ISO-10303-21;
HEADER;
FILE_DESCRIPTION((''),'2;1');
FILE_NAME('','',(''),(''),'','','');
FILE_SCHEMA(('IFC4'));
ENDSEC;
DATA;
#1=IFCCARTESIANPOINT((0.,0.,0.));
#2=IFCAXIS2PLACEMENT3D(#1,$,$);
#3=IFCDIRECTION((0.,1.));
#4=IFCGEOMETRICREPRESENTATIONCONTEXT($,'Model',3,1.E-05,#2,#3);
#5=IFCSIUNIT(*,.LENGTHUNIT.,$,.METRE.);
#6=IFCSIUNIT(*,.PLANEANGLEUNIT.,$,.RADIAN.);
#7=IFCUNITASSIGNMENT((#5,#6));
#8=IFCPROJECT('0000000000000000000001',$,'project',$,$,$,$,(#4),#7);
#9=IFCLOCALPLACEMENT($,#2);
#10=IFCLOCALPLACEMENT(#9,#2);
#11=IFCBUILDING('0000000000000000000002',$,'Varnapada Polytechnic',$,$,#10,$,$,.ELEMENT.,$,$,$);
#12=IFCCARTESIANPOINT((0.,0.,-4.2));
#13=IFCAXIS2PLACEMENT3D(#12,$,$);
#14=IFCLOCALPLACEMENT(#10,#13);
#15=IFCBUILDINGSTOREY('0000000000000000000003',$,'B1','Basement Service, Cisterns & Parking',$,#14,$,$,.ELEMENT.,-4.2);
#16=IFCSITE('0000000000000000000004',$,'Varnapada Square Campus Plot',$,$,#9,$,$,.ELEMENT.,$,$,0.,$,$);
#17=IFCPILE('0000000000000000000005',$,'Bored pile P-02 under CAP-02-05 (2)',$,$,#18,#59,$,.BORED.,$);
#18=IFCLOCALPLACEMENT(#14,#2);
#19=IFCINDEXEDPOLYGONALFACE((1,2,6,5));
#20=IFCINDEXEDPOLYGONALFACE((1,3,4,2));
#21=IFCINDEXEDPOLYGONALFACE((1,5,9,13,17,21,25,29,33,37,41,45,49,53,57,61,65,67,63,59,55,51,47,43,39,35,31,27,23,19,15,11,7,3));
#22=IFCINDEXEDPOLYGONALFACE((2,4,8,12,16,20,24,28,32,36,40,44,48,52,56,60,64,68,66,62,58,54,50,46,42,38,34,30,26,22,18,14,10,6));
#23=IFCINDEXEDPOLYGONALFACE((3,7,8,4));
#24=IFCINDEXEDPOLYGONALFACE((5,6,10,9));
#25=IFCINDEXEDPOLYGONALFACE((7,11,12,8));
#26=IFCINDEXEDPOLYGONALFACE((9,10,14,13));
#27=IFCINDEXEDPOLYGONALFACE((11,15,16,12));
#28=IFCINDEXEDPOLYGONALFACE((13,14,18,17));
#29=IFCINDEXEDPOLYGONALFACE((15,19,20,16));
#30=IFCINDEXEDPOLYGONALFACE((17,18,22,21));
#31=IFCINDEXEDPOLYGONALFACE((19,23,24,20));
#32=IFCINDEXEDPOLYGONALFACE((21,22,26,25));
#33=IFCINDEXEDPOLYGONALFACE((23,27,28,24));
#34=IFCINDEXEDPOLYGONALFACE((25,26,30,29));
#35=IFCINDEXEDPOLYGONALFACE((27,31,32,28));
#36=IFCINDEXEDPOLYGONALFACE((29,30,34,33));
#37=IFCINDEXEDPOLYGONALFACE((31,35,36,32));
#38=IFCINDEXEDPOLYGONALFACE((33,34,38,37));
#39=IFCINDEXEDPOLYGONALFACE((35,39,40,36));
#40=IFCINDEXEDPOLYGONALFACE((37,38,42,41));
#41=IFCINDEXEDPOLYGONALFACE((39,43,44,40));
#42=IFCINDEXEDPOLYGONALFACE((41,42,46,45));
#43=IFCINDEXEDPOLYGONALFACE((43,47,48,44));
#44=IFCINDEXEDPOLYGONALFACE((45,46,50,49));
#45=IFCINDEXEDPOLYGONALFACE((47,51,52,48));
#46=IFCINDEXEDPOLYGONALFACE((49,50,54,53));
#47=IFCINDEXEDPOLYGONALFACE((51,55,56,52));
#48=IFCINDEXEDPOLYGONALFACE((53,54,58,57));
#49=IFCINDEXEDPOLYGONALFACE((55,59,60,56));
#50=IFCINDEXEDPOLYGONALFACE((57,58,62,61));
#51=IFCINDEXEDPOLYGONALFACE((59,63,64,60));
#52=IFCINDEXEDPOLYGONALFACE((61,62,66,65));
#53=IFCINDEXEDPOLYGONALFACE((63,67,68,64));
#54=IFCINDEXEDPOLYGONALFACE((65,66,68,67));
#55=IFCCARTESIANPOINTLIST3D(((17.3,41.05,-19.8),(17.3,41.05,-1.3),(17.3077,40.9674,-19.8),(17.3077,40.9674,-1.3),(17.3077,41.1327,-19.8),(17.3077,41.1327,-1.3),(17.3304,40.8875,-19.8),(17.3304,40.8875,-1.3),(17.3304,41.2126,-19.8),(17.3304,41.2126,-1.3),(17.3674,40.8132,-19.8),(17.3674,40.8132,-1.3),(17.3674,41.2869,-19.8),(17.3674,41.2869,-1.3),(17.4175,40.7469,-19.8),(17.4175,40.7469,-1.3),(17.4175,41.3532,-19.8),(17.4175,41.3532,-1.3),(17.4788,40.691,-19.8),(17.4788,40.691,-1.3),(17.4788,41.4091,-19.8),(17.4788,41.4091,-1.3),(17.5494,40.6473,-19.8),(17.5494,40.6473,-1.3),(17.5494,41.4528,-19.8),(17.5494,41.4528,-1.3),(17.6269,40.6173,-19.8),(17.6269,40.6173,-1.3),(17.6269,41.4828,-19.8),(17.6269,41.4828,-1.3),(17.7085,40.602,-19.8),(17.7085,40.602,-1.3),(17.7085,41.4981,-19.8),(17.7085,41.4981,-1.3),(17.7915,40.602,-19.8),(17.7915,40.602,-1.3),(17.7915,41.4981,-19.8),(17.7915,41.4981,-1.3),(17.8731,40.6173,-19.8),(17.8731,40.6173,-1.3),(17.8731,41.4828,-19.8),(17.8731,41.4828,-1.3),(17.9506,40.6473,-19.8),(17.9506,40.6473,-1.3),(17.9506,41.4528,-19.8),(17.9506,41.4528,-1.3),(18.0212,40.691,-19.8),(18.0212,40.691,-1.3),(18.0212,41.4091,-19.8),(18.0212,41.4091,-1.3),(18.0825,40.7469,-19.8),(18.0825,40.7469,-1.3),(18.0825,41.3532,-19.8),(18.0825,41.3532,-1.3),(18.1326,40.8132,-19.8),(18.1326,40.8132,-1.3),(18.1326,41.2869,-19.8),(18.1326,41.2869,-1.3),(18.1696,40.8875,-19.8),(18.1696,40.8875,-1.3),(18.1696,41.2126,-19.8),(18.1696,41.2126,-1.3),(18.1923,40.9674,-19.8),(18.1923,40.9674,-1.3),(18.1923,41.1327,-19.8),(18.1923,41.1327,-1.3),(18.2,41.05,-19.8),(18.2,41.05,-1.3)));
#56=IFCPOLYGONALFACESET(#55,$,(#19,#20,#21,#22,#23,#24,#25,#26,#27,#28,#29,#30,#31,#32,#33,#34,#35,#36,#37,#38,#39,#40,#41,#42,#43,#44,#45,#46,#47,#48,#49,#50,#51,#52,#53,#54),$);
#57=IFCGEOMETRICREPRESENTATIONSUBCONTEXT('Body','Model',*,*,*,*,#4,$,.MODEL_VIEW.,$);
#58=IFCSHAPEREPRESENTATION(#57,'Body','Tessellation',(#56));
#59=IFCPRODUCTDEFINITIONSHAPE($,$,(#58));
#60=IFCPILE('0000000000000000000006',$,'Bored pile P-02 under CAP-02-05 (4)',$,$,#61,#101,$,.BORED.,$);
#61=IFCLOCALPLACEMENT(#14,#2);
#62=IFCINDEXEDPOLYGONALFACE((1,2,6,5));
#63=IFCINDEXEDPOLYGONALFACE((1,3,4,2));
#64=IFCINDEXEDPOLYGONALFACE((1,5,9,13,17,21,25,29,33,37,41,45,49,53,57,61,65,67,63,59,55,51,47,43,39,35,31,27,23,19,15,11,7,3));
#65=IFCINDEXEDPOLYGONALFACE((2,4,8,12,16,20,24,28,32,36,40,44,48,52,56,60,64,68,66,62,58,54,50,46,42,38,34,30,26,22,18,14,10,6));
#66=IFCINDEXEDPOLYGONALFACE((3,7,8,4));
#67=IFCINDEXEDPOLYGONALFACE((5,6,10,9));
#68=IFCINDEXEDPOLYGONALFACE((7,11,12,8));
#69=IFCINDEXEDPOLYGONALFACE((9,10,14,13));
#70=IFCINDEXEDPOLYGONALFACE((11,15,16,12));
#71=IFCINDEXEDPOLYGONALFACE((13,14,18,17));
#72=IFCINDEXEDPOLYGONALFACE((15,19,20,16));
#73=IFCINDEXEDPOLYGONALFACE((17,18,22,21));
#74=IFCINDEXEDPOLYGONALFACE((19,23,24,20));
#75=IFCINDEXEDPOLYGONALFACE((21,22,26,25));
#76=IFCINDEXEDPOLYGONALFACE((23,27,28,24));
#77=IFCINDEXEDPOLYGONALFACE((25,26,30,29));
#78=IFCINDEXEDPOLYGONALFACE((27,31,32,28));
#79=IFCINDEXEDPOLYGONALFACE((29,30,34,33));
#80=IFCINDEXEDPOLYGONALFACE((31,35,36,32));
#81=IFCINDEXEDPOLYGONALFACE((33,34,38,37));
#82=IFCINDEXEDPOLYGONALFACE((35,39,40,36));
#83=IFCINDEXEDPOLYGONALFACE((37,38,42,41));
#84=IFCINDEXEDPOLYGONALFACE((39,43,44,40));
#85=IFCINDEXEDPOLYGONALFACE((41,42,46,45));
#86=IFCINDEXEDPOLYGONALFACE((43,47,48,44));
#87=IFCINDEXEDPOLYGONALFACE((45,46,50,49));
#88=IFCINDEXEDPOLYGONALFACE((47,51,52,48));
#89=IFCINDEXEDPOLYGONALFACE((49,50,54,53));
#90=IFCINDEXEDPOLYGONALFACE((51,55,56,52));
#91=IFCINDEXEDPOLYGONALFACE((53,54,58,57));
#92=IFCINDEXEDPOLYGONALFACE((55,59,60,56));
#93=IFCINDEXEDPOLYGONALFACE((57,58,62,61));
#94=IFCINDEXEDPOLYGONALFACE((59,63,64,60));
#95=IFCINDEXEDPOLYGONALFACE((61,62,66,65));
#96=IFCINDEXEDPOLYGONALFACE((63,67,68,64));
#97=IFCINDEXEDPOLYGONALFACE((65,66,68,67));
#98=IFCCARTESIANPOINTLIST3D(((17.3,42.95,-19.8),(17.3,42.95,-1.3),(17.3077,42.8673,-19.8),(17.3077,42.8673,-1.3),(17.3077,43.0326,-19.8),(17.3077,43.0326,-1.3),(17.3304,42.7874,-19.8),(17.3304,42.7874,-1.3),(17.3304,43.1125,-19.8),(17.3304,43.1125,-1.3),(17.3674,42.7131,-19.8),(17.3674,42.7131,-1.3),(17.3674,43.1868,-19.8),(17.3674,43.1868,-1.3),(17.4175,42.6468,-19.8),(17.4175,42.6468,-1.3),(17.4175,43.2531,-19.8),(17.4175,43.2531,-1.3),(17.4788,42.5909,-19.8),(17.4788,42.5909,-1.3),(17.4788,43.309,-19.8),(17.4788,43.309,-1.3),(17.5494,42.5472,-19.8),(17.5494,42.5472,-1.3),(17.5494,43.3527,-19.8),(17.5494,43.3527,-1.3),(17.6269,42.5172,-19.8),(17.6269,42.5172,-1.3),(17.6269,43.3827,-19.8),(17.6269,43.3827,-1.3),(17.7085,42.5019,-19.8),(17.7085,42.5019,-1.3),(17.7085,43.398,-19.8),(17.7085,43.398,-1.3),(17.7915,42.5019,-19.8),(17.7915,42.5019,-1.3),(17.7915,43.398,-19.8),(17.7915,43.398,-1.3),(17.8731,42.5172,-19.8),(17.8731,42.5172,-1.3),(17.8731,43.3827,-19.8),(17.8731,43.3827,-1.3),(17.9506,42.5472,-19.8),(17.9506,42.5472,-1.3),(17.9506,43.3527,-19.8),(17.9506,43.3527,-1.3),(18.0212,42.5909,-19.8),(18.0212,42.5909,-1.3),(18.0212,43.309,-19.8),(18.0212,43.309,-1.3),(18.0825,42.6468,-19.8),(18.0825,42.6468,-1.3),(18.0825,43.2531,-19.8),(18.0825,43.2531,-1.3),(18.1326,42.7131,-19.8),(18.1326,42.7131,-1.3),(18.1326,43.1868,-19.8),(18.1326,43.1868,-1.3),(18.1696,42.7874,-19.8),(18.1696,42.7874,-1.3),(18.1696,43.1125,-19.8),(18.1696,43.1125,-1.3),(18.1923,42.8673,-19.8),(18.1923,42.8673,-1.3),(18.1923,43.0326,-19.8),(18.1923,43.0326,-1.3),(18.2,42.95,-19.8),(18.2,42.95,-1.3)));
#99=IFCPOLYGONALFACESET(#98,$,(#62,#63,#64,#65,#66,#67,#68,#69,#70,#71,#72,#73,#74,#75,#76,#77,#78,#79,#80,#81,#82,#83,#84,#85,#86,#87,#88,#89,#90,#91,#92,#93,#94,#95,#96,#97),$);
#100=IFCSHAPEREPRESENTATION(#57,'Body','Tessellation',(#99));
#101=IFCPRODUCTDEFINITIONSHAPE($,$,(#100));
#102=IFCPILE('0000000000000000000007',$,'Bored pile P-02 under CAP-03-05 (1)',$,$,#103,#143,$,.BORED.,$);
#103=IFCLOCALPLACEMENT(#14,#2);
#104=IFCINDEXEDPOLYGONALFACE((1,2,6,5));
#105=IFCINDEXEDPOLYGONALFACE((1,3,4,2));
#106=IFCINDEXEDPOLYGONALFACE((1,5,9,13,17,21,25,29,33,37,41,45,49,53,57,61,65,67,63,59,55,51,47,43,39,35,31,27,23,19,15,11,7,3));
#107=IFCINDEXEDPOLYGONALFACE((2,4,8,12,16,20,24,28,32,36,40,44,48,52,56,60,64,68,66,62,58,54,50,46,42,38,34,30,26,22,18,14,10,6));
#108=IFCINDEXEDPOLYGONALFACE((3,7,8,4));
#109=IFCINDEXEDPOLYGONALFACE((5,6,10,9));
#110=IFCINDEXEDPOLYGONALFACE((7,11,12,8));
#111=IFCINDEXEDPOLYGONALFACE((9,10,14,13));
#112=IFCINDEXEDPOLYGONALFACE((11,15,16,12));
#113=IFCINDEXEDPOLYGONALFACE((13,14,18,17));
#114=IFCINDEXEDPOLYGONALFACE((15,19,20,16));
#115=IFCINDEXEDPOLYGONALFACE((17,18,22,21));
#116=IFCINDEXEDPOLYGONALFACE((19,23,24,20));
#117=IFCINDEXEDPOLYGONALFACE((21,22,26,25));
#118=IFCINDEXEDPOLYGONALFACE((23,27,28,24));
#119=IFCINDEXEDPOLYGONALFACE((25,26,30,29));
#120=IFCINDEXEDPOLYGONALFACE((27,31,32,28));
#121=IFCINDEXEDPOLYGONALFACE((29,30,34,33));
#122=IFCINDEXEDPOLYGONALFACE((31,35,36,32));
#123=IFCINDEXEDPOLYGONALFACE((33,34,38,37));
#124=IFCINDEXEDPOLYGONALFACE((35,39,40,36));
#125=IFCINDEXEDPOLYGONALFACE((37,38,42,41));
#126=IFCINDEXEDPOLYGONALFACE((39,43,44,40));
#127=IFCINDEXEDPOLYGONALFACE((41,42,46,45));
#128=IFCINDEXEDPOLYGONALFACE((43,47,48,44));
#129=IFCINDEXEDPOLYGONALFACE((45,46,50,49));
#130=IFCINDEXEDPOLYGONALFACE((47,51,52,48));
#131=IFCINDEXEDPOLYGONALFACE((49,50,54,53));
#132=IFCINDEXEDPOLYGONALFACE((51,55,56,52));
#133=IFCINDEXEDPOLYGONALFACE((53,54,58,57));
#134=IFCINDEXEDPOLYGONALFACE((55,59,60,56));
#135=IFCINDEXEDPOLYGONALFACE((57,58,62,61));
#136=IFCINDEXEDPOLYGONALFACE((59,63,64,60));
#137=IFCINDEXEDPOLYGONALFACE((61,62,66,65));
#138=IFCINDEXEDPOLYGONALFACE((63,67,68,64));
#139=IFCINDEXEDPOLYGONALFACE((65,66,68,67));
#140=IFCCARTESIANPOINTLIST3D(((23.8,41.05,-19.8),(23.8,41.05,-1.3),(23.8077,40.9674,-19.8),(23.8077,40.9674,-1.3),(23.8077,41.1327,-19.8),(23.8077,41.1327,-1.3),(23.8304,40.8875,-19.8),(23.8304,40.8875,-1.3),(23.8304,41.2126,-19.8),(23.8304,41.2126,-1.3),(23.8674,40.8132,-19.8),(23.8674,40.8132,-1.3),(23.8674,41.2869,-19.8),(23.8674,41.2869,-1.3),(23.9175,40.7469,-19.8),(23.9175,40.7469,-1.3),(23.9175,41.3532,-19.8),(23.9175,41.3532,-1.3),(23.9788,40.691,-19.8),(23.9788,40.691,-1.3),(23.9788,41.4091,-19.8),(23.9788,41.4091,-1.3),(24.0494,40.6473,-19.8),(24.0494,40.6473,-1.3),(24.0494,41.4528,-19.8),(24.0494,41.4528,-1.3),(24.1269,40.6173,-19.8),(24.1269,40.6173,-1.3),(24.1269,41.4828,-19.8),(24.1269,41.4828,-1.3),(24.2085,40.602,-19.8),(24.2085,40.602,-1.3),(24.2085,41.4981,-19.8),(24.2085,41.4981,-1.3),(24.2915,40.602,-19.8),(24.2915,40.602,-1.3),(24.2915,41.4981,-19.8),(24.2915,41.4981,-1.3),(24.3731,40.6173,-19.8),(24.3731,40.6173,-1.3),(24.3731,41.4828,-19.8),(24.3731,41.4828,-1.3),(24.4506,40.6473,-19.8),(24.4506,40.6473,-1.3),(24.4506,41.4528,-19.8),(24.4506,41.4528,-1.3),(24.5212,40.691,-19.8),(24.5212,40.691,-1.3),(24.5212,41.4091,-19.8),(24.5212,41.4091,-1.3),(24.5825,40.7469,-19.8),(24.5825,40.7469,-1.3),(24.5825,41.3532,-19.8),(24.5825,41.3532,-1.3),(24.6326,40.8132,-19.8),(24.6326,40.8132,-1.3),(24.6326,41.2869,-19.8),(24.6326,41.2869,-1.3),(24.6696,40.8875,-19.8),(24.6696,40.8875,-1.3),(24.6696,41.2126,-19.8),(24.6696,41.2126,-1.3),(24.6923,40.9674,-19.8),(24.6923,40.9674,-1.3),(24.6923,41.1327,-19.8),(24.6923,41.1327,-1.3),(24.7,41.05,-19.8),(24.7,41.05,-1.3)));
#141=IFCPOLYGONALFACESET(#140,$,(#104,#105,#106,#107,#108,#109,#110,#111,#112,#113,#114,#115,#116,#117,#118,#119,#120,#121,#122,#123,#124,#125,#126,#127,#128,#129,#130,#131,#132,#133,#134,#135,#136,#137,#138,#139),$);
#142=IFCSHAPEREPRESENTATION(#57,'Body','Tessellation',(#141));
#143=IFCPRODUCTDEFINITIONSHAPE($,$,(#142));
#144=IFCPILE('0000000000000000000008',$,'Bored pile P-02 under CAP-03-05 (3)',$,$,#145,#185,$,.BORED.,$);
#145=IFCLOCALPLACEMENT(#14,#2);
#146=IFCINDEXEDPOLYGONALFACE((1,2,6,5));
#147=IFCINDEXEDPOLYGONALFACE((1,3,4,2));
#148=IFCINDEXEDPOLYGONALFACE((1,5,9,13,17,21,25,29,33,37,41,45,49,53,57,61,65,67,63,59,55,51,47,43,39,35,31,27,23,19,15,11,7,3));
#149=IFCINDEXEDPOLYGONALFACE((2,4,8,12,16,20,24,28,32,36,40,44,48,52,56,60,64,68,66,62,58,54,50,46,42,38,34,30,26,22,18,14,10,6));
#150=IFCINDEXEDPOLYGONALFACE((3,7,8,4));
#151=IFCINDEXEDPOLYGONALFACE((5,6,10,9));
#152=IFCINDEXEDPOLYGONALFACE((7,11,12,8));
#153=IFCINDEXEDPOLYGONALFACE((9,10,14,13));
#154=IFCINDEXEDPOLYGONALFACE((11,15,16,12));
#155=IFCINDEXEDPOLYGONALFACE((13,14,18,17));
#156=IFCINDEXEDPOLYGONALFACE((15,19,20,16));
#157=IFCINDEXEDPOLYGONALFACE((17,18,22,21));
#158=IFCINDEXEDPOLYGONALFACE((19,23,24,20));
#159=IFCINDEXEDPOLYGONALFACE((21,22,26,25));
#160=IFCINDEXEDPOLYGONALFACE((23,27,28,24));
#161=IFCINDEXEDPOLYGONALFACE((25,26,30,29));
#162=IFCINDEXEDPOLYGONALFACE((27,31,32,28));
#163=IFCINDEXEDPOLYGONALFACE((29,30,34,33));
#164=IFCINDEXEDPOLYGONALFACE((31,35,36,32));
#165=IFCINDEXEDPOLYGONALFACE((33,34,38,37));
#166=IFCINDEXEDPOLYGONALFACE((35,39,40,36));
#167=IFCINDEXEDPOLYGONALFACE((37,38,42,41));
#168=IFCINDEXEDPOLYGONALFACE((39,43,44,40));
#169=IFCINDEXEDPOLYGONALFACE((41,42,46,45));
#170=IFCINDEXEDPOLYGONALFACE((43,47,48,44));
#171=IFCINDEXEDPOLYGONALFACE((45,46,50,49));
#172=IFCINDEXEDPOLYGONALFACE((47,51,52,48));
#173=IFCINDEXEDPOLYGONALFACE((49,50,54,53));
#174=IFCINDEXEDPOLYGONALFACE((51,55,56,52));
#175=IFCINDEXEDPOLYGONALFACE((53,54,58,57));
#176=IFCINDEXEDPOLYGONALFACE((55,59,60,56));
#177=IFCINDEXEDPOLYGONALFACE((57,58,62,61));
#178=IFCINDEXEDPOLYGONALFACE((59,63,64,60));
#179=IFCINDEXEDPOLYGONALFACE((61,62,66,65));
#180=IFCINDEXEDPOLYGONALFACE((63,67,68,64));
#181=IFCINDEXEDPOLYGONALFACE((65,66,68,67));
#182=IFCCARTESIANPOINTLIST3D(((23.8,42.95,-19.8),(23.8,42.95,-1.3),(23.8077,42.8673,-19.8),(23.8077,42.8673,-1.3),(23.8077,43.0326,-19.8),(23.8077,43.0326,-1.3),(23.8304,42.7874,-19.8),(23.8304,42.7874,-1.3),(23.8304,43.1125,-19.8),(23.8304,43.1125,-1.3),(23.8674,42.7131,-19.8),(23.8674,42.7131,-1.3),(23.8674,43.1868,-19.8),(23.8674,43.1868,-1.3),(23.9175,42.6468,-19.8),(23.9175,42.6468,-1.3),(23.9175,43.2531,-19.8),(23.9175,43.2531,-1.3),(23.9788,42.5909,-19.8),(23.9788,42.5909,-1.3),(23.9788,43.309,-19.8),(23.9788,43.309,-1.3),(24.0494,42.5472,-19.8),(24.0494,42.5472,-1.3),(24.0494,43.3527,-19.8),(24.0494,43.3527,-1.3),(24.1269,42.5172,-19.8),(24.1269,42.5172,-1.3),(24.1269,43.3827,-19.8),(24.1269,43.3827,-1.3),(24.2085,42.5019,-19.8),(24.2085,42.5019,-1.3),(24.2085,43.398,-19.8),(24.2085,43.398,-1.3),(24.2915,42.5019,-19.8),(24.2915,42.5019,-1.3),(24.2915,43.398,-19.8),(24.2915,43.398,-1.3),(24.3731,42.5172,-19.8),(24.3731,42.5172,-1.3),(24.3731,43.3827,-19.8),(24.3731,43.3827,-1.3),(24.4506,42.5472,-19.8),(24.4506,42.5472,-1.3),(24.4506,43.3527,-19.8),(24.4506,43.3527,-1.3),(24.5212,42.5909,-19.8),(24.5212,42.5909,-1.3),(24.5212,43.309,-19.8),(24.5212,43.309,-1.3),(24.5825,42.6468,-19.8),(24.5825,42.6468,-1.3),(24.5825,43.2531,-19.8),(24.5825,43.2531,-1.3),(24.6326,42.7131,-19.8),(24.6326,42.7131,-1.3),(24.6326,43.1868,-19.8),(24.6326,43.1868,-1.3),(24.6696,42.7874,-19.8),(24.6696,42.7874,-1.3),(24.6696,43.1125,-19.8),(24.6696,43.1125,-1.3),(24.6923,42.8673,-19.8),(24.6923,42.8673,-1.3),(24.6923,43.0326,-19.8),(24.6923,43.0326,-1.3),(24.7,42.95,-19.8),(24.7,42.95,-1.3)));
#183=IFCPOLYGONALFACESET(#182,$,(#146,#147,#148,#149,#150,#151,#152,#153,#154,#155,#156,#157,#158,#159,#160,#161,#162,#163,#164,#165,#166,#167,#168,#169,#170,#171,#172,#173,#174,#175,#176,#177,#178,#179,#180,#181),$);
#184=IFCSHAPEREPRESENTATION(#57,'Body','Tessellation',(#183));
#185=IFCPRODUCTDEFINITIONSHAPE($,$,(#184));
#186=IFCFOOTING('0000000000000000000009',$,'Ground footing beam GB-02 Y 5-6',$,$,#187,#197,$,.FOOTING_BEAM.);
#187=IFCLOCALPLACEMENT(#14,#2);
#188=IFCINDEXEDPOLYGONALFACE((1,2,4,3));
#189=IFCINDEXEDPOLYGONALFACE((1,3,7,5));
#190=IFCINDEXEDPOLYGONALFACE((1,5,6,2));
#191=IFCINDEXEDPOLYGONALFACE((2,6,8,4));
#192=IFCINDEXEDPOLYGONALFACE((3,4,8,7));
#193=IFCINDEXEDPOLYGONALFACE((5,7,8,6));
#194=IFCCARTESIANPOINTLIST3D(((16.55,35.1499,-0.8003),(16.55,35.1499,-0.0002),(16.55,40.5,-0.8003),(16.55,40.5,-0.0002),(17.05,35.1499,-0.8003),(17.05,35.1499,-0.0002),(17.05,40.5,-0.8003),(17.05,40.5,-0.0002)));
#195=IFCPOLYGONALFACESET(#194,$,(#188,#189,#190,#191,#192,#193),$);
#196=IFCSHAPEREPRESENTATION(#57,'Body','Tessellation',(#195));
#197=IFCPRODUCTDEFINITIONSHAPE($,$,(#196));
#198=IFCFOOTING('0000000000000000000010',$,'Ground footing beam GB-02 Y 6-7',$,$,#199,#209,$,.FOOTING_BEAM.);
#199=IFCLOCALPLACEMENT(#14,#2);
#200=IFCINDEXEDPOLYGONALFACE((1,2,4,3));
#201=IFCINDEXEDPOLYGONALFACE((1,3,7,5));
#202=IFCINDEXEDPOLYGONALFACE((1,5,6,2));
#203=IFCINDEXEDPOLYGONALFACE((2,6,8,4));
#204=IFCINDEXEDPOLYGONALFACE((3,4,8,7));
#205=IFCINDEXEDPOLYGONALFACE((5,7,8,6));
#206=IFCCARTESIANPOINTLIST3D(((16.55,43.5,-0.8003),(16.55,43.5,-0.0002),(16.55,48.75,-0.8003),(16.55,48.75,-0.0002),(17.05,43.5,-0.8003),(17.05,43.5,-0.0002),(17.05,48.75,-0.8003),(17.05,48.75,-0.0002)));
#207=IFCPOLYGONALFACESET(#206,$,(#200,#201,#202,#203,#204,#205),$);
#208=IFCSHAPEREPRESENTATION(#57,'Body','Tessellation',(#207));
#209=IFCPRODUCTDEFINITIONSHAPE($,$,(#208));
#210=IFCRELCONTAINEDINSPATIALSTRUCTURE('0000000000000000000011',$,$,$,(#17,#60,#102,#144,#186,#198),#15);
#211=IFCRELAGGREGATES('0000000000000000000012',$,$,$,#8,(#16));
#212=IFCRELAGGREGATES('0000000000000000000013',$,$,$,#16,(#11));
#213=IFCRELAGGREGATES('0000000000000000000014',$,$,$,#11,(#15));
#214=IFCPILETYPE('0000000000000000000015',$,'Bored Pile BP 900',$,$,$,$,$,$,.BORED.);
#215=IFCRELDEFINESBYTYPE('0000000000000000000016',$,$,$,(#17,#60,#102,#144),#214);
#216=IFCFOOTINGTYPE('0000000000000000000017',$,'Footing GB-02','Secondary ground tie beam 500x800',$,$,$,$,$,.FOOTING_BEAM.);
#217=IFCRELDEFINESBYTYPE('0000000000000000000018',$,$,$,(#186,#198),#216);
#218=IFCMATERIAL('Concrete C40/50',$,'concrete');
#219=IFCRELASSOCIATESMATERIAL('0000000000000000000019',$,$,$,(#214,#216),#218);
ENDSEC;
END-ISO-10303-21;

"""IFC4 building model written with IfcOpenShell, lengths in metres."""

from ifc_helpers import new_model, si_unit, direction, frame, origin, origin_2d, place, context, subcontext, project, spatial, rectangle, circle, extrude, material, material_profile, profile_set, type_object, element, save


model = new_model("IFC4")

# Units and contexts
model_context = context("Model", 3, precision=1e-05, world=origin(), true_north=direction((0.0, 1.0)))
body_context = subcontext(model_context, "Body", "Model", "MODEL_VIEW")
ifc_project = project(units=[si_unit("LENGTHUNIT", "METRE"), si_unit("PLANEANGLEUNIT", "RADIAN")], contexts=[model_context])

# Site, building, storey
site_placement = place(None, origin())
site = spatial("IfcSite", under=ifc_project, at=site_placement, Name="Varnapada Square Campus Plot", CompositionType="ELEMENT", RefElevation=0.0)
building_placement = place(site_placement, origin())
building = spatial("IfcBuilding", under=site, at=building_placement, Name="Varnapada Polytechnic", CompositionType="ELEMENT")
storey_placement = place(building_placement, frame((0.0, 0.0, -4.2)))
storey = spatial("IfcBuildingStorey", under=building, at=storey_placement, Name="B1", Description="Basement Service, Cisterns & Parking", CompositionType="ELEMENT", Elevation=-4.2)

# Piles
ifc_material_1 = material(Name="Concrete C40/50", Category="concrete")
ifc_material_profile_1 = material_profile(ifc_material_1, circle(Radius=0.45, at=origin_2d()), Name="BP 900")
ifc_profile_set_1 = profile_set([ifc_material_profile_1], Name="Concrete C40/50")
pile_type_1 = type_object("IfcPileType", Name="Bored Pile BP 900", PredefinedType="BORED", material=ifc_profile_set_1)
for number, where, z_axis, x_axis, name in (
    (1, (17.75, 41.05, -1.3), (0.0, 0.0, -1.0), (1.0, 0.0, 0.0), "Bored pile P-02 under CAP-02-05 (2)"),
    (2, (17.75, 42.95, -1.3), (0.0, 0.0, -1.0), (1.0, 0.0, 0.0), "Bored pile P-02 under CAP-02-05 (4)"),
    (3, (24.25, 41.05, -1.3), (0.0, 0.0, -1.0), (1.0, 0.0, 0.0), "Bored pile P-02 under CAP-03-05 (1)"),
    (4, (24.25, 42.95, -1.3), (0.0, 0.0, -1.0), (1.0, 0.0, 0.0), "Bored pile P-02 under CAP-03-05 (3)"),
):
    element("IfcPile", number, at=place(storey_placement, frame(where, z_axis=z_axis, x_axis=x_axis)), inside=storey, type_object=pile_type_1, Name=name, PredefinedType="BORED", context=body_context, shape_type="SweptSolid", body=[
        extrude(circle(Radius=0.45, at=origin_2d()), origin(), (0.0, 0.0, 1.0), 18.5),
    ])

# Footings
footing_type_1 = type_object("IfcFootingType", Name="Footing GB-02", Description="Secondary ground tie beam 500x800", PredefinedType="FOOTING_BEAM", material=ifc_material_1)
footing_1_placement = place(storey_placement, frame((16.8, 37.825, -0.8003), z_axis=(0.0, 0.0, 1.0), x_axis=(0.0, 1.0, 0.0)))
element("IfcFooting", 5, at=footing_1_placement, inside=storey, type_object=footing_type_1, Name="Ground footing beam GB-02 Y 5-6", PredefinedType="FOOTING_BEAM", context=body_context, shape_type="SweptSolid", body=[
    extrude(rectangle(XDim=5.3501, YDim=0.5, at=origin_2d()), origin(), (0.0, 0.0, 1.0), 0.8),
])
footing_2_placement = place(storey_placement, frame((16.8, 46.125, -0.8003), z_axis=(0.0, 0.0, 1.0), x_axis=(0.0, 1.0, 0.0)))
element("IfcFooting", 6, at=footing_2_placement, inside=storey, type_object=footing_type_1, Name="Ground footing beam GB-02 Y 6-7", PredefinedType="FOOTING_BEAM", context=body_context, shape_type="SweptSolid", body=[
    extrude(rectangle(XDim=5.25, YDim=0.5, at=origin_2d()), origin(), (0.0, 0.0, 1.0), 0.8),
])

save(model, "model.ifc")
